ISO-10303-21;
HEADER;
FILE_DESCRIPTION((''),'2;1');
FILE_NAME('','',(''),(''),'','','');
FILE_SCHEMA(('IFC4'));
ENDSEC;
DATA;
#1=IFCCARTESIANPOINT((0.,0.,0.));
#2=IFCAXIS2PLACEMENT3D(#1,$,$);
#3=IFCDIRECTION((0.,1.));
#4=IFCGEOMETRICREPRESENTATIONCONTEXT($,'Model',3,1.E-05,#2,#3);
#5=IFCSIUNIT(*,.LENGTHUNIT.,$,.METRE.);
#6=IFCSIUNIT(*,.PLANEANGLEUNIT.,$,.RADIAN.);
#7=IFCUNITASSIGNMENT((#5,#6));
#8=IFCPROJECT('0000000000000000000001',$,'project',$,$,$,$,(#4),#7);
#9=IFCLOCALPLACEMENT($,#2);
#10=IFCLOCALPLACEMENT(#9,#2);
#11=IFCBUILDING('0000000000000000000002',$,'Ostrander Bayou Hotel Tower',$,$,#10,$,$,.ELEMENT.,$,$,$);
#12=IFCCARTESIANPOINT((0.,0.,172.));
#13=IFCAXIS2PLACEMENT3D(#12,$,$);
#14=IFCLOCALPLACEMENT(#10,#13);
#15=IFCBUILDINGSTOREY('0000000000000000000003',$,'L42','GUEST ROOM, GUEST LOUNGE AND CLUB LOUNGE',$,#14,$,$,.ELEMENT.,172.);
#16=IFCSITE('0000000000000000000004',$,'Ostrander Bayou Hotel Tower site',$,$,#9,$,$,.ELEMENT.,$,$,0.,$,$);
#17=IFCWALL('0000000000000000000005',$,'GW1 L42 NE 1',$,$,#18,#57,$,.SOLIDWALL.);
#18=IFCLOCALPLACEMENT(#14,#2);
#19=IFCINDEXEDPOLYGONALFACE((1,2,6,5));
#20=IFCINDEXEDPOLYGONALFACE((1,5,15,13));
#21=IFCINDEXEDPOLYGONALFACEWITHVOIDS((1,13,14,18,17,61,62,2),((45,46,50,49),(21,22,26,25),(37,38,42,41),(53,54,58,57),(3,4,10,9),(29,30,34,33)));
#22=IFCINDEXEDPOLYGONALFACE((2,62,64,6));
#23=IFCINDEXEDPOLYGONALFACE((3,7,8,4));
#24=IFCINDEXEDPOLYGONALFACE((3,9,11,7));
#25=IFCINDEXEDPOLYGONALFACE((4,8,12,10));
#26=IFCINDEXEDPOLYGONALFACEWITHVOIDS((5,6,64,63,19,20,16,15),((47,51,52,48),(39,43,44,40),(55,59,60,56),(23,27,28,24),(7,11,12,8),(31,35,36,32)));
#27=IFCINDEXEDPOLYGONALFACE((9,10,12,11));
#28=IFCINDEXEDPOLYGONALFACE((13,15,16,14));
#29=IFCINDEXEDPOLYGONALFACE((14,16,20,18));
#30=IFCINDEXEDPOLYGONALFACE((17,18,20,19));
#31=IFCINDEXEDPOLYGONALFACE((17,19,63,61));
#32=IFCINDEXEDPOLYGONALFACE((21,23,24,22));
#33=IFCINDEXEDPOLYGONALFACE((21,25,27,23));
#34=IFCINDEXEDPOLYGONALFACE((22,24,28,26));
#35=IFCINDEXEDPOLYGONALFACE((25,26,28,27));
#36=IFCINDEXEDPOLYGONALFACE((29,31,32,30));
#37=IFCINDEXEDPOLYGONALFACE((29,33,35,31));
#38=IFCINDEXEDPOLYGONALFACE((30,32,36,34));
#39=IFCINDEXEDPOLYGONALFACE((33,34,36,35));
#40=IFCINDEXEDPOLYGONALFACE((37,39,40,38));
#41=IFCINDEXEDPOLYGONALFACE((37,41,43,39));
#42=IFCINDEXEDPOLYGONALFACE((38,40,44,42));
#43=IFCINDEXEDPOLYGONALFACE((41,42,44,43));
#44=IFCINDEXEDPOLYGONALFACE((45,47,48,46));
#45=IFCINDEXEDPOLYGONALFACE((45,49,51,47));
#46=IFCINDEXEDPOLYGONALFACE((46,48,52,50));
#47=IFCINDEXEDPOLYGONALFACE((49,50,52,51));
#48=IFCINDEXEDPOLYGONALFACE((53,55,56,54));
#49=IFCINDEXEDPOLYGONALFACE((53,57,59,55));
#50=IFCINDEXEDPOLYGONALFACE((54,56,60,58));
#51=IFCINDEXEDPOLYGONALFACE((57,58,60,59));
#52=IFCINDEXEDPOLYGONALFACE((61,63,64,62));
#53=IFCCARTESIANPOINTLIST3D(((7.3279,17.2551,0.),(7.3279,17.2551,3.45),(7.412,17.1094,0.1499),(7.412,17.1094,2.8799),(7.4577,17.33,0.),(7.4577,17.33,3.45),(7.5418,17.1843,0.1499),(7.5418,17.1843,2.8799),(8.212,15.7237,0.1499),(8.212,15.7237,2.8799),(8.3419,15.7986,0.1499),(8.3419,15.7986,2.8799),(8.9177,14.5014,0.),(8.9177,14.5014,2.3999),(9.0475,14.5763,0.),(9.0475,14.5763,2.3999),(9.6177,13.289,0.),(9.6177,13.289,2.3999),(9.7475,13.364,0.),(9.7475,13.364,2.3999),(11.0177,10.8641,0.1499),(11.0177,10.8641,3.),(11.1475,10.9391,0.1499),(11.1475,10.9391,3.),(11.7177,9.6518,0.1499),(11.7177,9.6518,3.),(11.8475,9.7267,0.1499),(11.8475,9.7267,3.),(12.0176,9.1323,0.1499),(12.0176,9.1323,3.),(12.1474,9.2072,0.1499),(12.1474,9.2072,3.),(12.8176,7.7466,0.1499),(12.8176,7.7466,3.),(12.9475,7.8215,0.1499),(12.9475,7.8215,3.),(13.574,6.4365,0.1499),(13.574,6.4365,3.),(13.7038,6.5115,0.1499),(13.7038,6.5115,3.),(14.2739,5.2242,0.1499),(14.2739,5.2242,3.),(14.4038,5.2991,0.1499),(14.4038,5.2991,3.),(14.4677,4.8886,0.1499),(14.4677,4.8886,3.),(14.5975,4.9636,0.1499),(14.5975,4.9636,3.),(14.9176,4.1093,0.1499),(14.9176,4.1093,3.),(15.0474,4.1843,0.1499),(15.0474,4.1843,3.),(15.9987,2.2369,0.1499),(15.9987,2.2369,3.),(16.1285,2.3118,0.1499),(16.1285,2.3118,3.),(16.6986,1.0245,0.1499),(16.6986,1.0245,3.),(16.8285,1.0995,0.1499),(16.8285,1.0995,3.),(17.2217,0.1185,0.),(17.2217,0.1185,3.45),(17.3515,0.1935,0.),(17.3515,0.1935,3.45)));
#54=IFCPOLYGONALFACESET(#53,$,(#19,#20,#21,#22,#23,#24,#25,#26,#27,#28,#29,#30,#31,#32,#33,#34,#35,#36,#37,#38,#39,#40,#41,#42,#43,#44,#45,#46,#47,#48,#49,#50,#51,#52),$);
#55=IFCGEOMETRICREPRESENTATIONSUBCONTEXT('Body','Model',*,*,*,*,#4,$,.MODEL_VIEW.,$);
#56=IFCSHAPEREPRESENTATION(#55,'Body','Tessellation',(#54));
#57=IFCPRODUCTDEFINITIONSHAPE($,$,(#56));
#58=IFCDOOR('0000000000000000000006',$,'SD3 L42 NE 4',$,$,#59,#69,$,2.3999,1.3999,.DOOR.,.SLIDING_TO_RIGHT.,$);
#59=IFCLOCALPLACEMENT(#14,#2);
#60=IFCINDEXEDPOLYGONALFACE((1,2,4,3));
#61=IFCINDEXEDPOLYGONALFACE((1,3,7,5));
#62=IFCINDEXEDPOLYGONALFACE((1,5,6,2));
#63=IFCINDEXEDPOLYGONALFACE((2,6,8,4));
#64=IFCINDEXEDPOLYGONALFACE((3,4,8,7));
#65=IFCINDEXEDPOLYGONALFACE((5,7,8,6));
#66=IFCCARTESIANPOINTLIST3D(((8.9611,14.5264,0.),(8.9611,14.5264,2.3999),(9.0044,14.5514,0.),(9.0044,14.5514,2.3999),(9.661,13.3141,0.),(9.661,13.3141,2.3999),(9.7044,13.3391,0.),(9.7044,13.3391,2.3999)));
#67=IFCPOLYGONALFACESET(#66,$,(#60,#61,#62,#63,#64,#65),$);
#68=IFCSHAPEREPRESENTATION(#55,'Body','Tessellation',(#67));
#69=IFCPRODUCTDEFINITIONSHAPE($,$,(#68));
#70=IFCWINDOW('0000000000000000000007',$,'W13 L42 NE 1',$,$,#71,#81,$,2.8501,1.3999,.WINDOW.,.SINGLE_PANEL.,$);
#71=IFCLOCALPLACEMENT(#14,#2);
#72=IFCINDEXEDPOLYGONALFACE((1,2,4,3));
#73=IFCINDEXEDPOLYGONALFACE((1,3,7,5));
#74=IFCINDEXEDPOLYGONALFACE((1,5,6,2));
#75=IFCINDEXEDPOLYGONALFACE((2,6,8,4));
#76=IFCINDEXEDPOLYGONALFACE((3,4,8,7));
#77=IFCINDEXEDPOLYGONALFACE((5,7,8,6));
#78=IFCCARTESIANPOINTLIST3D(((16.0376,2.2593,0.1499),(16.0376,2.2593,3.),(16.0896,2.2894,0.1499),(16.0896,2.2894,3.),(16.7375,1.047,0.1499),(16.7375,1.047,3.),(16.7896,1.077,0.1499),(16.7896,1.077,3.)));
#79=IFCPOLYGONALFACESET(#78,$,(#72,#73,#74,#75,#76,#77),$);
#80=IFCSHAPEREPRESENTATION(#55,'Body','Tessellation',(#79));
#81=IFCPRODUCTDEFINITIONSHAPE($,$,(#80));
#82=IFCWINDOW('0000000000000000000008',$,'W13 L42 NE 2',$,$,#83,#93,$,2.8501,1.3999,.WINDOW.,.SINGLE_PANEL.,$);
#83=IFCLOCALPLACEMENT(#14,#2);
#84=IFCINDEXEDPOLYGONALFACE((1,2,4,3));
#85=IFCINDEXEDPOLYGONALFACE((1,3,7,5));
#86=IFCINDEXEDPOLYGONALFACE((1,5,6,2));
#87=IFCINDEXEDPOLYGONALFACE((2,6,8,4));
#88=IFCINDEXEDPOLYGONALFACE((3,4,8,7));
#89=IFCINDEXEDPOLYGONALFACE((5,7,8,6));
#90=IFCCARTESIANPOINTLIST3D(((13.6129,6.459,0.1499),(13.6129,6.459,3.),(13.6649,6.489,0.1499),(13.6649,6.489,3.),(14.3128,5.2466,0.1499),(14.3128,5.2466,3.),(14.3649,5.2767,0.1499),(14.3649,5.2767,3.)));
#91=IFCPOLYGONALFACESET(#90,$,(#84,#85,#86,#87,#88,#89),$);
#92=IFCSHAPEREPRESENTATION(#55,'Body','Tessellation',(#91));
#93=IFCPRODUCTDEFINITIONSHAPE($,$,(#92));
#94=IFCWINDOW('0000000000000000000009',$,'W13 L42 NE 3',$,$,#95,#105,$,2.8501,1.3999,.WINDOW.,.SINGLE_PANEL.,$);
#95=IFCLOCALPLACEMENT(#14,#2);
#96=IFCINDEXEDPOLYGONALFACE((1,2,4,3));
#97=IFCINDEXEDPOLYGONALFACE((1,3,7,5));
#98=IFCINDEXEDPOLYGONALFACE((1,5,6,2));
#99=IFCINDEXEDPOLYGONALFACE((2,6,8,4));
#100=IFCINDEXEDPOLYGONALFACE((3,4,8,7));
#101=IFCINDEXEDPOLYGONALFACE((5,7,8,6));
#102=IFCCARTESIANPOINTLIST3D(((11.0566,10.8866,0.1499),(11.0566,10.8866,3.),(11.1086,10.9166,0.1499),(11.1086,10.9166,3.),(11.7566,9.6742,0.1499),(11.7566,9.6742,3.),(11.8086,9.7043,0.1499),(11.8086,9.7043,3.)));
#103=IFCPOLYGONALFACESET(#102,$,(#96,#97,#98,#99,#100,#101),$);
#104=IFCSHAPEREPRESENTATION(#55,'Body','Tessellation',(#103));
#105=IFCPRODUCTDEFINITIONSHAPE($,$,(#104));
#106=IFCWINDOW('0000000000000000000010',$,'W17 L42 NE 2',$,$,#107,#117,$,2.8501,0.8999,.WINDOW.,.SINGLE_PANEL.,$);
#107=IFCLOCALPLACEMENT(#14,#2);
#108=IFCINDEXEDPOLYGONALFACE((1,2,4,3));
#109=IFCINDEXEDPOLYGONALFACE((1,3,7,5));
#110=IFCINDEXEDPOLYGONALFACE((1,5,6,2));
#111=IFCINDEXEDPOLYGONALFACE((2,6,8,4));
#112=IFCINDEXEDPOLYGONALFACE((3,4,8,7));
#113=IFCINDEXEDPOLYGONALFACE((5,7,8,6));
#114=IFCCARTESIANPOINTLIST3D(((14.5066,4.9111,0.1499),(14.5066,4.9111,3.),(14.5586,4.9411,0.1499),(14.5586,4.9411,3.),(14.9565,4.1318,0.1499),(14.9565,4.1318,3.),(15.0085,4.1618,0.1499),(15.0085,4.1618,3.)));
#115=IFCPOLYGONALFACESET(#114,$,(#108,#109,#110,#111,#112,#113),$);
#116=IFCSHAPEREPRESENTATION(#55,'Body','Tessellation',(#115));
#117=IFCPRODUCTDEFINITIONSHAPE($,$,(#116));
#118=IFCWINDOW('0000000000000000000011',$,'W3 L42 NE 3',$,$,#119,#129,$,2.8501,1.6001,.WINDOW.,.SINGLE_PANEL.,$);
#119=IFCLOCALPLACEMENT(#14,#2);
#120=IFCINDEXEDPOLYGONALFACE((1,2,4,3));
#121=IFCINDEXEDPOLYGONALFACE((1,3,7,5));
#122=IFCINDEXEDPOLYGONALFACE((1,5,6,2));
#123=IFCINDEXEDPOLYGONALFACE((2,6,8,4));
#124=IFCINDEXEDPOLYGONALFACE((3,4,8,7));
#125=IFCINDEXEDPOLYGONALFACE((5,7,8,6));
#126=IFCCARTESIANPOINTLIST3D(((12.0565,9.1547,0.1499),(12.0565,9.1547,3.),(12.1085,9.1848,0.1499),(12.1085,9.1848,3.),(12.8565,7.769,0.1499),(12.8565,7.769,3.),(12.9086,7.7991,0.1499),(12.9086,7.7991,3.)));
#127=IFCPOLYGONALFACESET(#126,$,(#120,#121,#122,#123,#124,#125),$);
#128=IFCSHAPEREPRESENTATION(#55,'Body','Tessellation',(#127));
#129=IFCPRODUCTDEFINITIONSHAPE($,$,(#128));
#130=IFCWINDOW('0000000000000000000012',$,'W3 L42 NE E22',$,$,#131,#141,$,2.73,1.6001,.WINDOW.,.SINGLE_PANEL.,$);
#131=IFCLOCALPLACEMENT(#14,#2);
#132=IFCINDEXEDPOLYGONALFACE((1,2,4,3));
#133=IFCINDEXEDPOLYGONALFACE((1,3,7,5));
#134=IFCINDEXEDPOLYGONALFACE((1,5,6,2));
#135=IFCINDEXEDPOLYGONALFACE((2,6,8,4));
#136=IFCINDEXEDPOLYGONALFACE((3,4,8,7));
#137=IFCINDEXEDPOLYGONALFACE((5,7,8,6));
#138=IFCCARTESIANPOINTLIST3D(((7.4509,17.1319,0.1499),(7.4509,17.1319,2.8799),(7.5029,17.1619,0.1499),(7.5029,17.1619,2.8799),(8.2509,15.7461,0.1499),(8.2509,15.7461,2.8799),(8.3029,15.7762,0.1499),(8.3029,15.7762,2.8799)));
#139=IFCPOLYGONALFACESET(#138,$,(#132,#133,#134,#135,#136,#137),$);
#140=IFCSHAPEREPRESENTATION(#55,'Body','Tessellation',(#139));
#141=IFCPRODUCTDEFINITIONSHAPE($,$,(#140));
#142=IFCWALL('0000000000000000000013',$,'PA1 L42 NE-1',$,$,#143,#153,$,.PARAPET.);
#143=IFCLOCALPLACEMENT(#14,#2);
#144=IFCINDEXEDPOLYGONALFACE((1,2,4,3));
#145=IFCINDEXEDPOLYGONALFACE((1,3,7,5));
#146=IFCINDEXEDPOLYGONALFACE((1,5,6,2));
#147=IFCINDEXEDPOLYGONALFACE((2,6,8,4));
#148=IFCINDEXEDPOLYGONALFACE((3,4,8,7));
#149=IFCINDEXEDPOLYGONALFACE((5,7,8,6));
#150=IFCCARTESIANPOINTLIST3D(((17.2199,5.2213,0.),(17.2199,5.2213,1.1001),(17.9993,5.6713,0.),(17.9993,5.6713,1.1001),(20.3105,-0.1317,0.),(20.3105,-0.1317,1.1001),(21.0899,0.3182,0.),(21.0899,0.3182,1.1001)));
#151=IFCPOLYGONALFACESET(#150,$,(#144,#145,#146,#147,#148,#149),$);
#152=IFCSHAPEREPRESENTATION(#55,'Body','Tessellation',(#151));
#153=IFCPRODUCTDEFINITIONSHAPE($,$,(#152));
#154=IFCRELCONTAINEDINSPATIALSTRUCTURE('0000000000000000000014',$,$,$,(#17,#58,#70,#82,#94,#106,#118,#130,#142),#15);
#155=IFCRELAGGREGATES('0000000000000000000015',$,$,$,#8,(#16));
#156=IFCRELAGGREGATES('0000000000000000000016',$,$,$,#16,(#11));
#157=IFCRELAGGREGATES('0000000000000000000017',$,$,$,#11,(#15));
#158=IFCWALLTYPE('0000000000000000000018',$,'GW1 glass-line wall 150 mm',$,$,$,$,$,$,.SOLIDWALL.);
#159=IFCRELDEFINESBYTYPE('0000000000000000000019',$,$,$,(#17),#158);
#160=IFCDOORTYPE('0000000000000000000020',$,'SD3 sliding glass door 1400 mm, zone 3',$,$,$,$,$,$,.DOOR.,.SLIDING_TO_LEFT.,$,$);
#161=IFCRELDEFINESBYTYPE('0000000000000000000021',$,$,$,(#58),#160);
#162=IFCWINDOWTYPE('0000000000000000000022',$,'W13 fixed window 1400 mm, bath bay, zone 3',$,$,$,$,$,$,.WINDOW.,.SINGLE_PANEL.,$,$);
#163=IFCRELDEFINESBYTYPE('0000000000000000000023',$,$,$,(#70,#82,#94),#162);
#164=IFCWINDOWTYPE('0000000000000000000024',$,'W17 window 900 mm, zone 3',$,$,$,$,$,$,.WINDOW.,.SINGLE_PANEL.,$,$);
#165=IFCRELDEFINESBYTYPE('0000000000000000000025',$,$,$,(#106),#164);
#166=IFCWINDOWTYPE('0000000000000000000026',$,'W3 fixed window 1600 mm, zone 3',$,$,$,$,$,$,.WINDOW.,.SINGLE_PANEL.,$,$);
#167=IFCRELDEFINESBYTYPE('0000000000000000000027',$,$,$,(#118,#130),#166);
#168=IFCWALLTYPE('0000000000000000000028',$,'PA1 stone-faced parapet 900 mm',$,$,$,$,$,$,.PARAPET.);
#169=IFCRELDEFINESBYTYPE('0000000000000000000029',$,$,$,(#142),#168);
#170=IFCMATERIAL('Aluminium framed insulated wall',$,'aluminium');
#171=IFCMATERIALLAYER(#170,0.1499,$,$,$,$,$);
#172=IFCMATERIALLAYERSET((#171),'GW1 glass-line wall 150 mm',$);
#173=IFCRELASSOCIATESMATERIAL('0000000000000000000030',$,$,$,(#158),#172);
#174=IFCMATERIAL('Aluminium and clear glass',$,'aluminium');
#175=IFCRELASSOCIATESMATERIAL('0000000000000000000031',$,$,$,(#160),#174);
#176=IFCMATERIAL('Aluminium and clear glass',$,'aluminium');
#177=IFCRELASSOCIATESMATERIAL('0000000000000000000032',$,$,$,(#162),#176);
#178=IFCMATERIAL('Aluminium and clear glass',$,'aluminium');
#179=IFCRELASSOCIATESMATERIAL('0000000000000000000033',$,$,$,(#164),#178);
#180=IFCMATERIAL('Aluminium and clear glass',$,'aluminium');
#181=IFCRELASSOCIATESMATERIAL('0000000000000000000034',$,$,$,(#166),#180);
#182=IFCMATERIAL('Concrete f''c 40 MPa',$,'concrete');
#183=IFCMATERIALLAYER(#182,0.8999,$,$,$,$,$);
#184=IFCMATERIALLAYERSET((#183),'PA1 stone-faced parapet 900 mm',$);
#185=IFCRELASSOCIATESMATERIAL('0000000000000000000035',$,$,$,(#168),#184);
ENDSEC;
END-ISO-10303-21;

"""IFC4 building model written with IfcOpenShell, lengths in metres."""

from ifc_helpers import new_model, si_unit, direction, frame, frame_2d, origin, place, context, subcontext, project, spatial, rectangle, extrude, material, layer, layer_set, type_object, element, fill, save


model = new_model("IFC4")

# Units and contexts
model_context = context("Model", 3, precision=1e-05, world=origin(), true_north=direction((0.0, 1.0)))
body_context = subcontext(model_context, "Body", "Model", "MODEL_VIEW")
ifc_project = project(units=[si_unit("LENGTHUNIT", "METRE"), si_unit("PLANEANGLEUNIT", "RADIAN")], contexts=[model_context])

# Site, building, storey
site_placement = place(None, origin())
site = spatial("IfcSite", under=ifc_project, at=site_placement, Name="Ostrander Bayou Hotel Tower site", CompositionType="ELEMENT", RefElevation=0.0)
building_placement = place(site_placement, origin())
building = spatial("IfcBuilding", under=site, at=building_placement, Name="Ostrander Bayou Hotel Tower", CompositionType="ELEMENT")
storey_placement = place(building_placement, frame((0.0, 0.0, 172.0)))
storey = spatial("IfcBuildingStorey", under=building, at=storey_placement, Name="L42", Description="GUEST ROOM, GUEST LOUNGE AND CLUB LOUNGE", CompositionType="ELEMENT", Elevation=172.0)

# Wall, openings, door, windows
ifc_material_1 = material(Name="Aluminium framed insulated wall", Category="aluminium")
ifc_layer_1 = layer(ifc_material_1, 0.1499)
ifc_layer_set_1 = layer_set([ifc_layer_1], Name="GW1 glass-line wall 150 mm")
wall_type_1 = type_object("IfcWallType", Name="GW1 glass-line wall 150 mm", PredefinedType="SOLIDWALL", material=ifc_layer_set_1)
wall_1_placement = place(storey_placement, frame((17.2866, 0.156, 0.0), z_axis=(0.0, 0.0, 1.0), x_axis=(-0.500002, 0.866024, 0.0)))
wall_1 = element("IfcWall", 1, at=wall_1_placement, inside=storey, type_object=wall_type_1, Name="GW1 L42 NE 1", PredefinedType="SOLIDWALL", context=body_context, shape_type="SweptSolid", body=[
    extrude(rectangle(XDim=19.7876, YDim=0.1499, at=frame_2d((9.8938, 0.0))), origin(), (0.0, 0.0, 1.0), 3.45),
])
opening_1_placement = place(wall_1_placement, frame((1.0461, 0.0, 0.1499)))
opening_1 = element("IfcOpeningElement", 2, at=opening_1_placement, cuts=wall_1, PredefinedType="OPENING", context=body_context, shape_type="SweptSolid", body=[
    extrude(rectangle(XDim=1.3999, YDim=2.8501, at=frame_2d((0.7, 1.425))), frame((0.0, 0.075, 0.0), z_axis=(0.0, -1.0, 0.0), x_axis=(1.0, 0.0, 0.0)), (0.0, 0.0, 1.0), 0.1499),
])
opening_2_placement = place(wall_1_placement, frame((4.6082, 0.0, 0.1499)))
opening_2 = element("IfcOpeningElement", 3, at=opening_2_placement, cuts=wall_1, PredefinedType="OPENING", context=body_context, shape_type="SweptSolid", body=[
    extrude(rectangle(XDim=0.8999, YDim=2.8501, at=frame_2d((0.45, 1.425))), frame((0.0, 0.075, 0.0), z_axis=(0.0, -1.0, 0.0), x_axis=(1.0, 0.0, 0.0)), (0.0, 0.0, 1.0), 0.1499),
])
opening_3_placement = place(wall_1_placement, frame((5.8955, 0.0, 0.1499)))
opening_3 = element("IfcOpeningElement", 4, at=opening_3_placement, cuts=wall_1, PredefinedType="OPENING", context=body_context, shape_type="SweptSolid", body=[
    extrude(rectangle(XDim=1.3999, YDim=2.8501, at=frame_2d((0.7, 1.425))), frame((0.0, 0.075, 0.0), z_axis=(0.0, -1.0, 0.0), x_axis=(1.0, 0.0, 0.0)), (0.0, 0.0, 1.0), 0.1499),
])
opening_4_placement = place(wall_1_placement, frame((8.8081, 0.0, 0.1499)))
opening_4 = element("IfcOpeningElement", 5, at=opening_4_placement, cuts=wall_1, PredefinedType="OPENING", context=body_context, shape_type="SweptSolid", body=[
    extrude(rectangle(XDim=1.6001, YDim=2.8501, at=frame_2d((0.8, 1.425))), frame((0.0, 0.075, 0.0), z_axis=(0.0, -1.0, 0.0), x_axis=(1.0, 0.0, 0.0)), (0.0, 0.0, 1.0), 0.1499),
])
opening_5_placement = place(wall_1_placement, frame((11.0081, 0.0, 0.1499)))
opening_5 = element("IfcOpeningElement", 6, at=opening_5_placement, cuts=wall_1, PredefinedType="OPENING", context=body_context, shape_type="SweptSolid", body=[
    extrude(rectangle(XDim=1.3999, YDim=2.8501, at=frame_2d((0.7, 1.425))), frame((0.0, 0.075, 0.0), z_axis=(0.0, -1.0, 0.0), x_axis=(1.0, 0.0, 0.0)), (0.0, 0.0, 1.0), 0.1499),
])
opening_6_placement = place(wall_1_placement, frame((15.208, 0.0, 0.0)))
opening_6 = element("IfcOpeningElement", 7, at=opening_6_placement, cuts=wall_1, PredefinedType="OPENING", context=body_context, shape_type="SweptSolid", body=[
    extrude(rectangle(XDim=1.3999, YDim=2.3999, at=frame_2d((0.7, 1.2))), frame((0.0, 0.075, 0.0), z_axis=(0.0, -1.0, 0.0), x_axis=(1.0, 0.0, 0.0)), (0.0, 0.0, 1.0), 0.1499),
])
opening_7_placement = place(wall_1_placement, frame((18.0193, 0.0, 0.1499)))
opening_7 = element("IfcOpeningElement", 8, at=opening_7_placement, cuts=wall_1, PredefinedType="OPENING", context=body_context, shape_type="SweptSolid", body=[
    extrude(rectangle(XDim=1.6001, YDim=2.73, at=frame_2d((0.8, 1.365))), frame((0.0, 0.075, 0.0), z_axis=(0.0, -1.0, 0.0), x_axis=(1.0, 0.0, 0.0)), (0.0, 0.0, 1.0), 0.1499),
])
ifc_material_2 = material(Name="Aluminium and clear glass", Category="aluminium")
door_type = type_object("IfcDoorType", Name="SD3 sliding glass door 1400 mm, zone 3", OperationType="SLIDING_TO_LEFT", PredefinedType="DOOR", material=ifc_material_2)
door_placement = place(opening_6_placement, origin())
door = element("IfcDoor", 9, at=door_placement, inside=storey, type_object=door_type, Name="SD3 L42 NE 4", OperationType="SLIDING_TO_RIGHT", OverallHeight=2.3999, OverallWidth=1.3999, PredefinedType="DOOR", context=body_context, shape_type="SweptSolid", body=[
    extrude(rectangle(XDim=1.3999, YDim=2.3999, at=frame_2d((0.7, 1.2))), frame((0.0, 0.0249, 0.0), z_axis=(0.0, -1.0, 0.0), x_axis=(1.0, 0.0, 0.0)), (0.0, 0.0, 1.0), 0.05),
])
fill(opening_6, door)
ifc_material_3 = material(Name="Aluminium and clear glass", Category="aluminium")
window_type_1 = type_object("IfcWindowType", Name="W13 fixed window 1400 mm, bath bay, zone 3", PartitioningType="SINGLE_PANEL", PredefinedType="WINDOW", material=ifc_material_3)
window_1_placement = place(opening_1_placement, origin())
window_1 = element("IfcWindow", 10, at=window_1_placement, inside=storey, type_object=window_type_1, Name="W13 L42 NE 1", OverallHeight=2.8501, OverallWidth=1.3999, PartitioningType="SINGLE_PANEL", PredefinedType="WINDOW", context=body_context, shape_type="SweptSolid", body=[
    extrude(rectangle(XDim=1.3999, YDim=2.8501, at=frame_2d((0.7, 1.425))), frame((0.0, 0.03, 0.0), z_axis=(0.0, -1.0, 0.0), x_axis=(1.0, 0.0, 0.0)), (0.0, 0.0, 1.0), 0.0601),
])
fill(opening_1, window_1)
window_2_placement = place(opening_3_placement, origin())
window_2 = element("IfcWindow", 11, at=window_2_placement, inside=storey, type_object=window_type_1, Name="W13 L42 NE 2", OverallHeight=2.8501, OverallWidth=1.3999, PartitioningType="SINGLE_PANEL", PredefinedType="WINDOW", context=body_context, shape_type="SweptSolid", body=[
    extrude(rectangle(XDim=1.3999, YDim=2.8501, at=frame_2d((0.7, 1.425))), frame((0.0, 0.03, 0.0), z_axis=(0.0, -1.0, 0.0), x_axis=(1.0, 0.0, 0.0)), (0.0, 0.0, 1.0), 0.0601),
])
fill(opening_3, window_2)
window_3_placement = place(opening_5_placement, origin())
window_3 = element("IfcWindow", 12, at=window_3_placement, inside=storey, type_object=window_type_1, Name="W13 L42 NE 3", OverallHeight=2.8501, OverallWidth=1.3999, PartitioningType="SINGLE_PANEL", PredefinedType="WINDOW", context=body_context, shape_type="SweptSolid", body=[
    extrude(rectangle(XDim=1.3999, YDim=2.8501, at=frame_2d((0.7, 1.425))), frame((0.0, 0.03, 0.0), z_axis=(0.0, -1.0, 0.0), x_axis=(1.0, 0.0, 0.0)), (0.0, 0.0, 1.0), 0.0601),
])
fill(opening_5, window_3)
ifc_material_4 = material(Name="Aluminium and clear glass", Category="aluminium")
window_type_2 = type_object("IfcWindowType", Name="W17 window 900 mm, zone 3", PartitioningType="SINGLE_PANEL", PredefinedType="WINDOW", material=ifc_material_4)
window_4_placement = place(opening_2_placement, origin())
window_4 = element("IfcWindow", 13, at=window_4_placement, inside=storey, type_object=window_type_2, Name="W17 L42 NE 2", OverallHeight=2.8501, OverallWidth=0.8999, PartitioningType="SINGLE_PANEL", PredefinedType="WINDOW", context=body_context, shape_type="SweptSolid", body=[
    extrude(rectangle(XDim=0.8999, YDim=2.8501, at=frame_2d((0.45, 1.425))), frame((0.0, 0.03, 0.0), z_axis=(0.0, -1.0, 0.0), x_axis=(1.0, 0.0, 0.0)), (0.0, 0.0, 1.0), 0.0601),
])
fill(opening_2, window_4)
ifc_material_5 = material(Name="Aluminium and clear glass", Category="aluminium")
window_type_3 = type_object("IfcWindowType", Name="W3 fixed window 1600 mm, zone 3", PartitioningType="SINGLE_PANEL", PredefinedType="WINDOW", material=ifc_material_5)
window_5_placement = place(opening_4_placement, origin())
window_5 = element("IfcWindow", 14, at=window_5_placement, inside=storey, type_object=window_type_3, Name="W3 L42 NE 3", OverallHeight=2.8501, OverallWidth=1.6001, PartitioningType="SINGLE_PANEL", PredefinedType="WINDOW", context=body_context, shape_type="SweptSolid", body=[
    extrude(rectangle(XDim=1.6001, YDim=2.8501, at=frame_2d((0.8, 1.425))), frame((0.0, 0.03, 0.0), z_axis=(0.0, -1.0, 0.0), x_axis=(1.0, 0.0, 0.0)), (0.0, 0.0, 1.0), 0.0601),
])
fill(opening_4, window_5)
window_6_placement = place(opening_7_placement, origin())
window_6 = element("IfcWindow", 15, at=window_6_placement, inside=storey, type_object=window_type_3, Name="W3 L42 NE E22", OverallHeight=2.73, OverallWidth=1.6001, PartitioningType="SINGLE_PANEL", PredefinedType="WINDOW", context=body_context, shape_type="SweptSolid", body=[
    extrude(rectangle(XDim=1.6001, YDim=2.73, at=frame_2d((0.8, 1.365))), frame((0.0, 0.03, 0.0), z_axis=(0.0, -1.0, 0.0), x_axis=(1.0, 0.0, 0.0)), (0.0, 0.0, 1.0), 0.0601),
])
fill(opening_7, window_6)

# Wall
ifc_material_6 = material(Name="Concrete f'c 40 MPa", Category="concrete")
ifc_layer_2 = layer(ifc_material_6, 0.8999)
ifc_layer_set_2 = layer_set([ifc_layer_2], Name="PA1 stone-faced parapet 900 mm")
wall_type_2 = type_object("IfcWallType", Name="PA1 stone-faced parapet 900 mm", PredefinedType="PARAPET", material=ifc_layer_set_2)
wall_2_placement = place(storey_placement, frame((20.7002, 0.0933, 0.0), z_axis=(0.0, 0.0, 1.0), x_axis=(-0.500001, 0.866025, 0.0)))
element("IfcWall", 16, at=wall_2_placement, inside=storey, type_object=wall_type_2, Name="PA1 L42 NE-1", PredefinedType="PARAPET", context=body_context, shape_type="SweptSolid", body=[
    extrude(rectangle(XDim=6.1812, YDim=0.8999, at=frame_2d((3.0906, 0.0))), origin(), (0.0, 0.0, 1.0), 1.1001),
])

save(model, "model.ifc")
